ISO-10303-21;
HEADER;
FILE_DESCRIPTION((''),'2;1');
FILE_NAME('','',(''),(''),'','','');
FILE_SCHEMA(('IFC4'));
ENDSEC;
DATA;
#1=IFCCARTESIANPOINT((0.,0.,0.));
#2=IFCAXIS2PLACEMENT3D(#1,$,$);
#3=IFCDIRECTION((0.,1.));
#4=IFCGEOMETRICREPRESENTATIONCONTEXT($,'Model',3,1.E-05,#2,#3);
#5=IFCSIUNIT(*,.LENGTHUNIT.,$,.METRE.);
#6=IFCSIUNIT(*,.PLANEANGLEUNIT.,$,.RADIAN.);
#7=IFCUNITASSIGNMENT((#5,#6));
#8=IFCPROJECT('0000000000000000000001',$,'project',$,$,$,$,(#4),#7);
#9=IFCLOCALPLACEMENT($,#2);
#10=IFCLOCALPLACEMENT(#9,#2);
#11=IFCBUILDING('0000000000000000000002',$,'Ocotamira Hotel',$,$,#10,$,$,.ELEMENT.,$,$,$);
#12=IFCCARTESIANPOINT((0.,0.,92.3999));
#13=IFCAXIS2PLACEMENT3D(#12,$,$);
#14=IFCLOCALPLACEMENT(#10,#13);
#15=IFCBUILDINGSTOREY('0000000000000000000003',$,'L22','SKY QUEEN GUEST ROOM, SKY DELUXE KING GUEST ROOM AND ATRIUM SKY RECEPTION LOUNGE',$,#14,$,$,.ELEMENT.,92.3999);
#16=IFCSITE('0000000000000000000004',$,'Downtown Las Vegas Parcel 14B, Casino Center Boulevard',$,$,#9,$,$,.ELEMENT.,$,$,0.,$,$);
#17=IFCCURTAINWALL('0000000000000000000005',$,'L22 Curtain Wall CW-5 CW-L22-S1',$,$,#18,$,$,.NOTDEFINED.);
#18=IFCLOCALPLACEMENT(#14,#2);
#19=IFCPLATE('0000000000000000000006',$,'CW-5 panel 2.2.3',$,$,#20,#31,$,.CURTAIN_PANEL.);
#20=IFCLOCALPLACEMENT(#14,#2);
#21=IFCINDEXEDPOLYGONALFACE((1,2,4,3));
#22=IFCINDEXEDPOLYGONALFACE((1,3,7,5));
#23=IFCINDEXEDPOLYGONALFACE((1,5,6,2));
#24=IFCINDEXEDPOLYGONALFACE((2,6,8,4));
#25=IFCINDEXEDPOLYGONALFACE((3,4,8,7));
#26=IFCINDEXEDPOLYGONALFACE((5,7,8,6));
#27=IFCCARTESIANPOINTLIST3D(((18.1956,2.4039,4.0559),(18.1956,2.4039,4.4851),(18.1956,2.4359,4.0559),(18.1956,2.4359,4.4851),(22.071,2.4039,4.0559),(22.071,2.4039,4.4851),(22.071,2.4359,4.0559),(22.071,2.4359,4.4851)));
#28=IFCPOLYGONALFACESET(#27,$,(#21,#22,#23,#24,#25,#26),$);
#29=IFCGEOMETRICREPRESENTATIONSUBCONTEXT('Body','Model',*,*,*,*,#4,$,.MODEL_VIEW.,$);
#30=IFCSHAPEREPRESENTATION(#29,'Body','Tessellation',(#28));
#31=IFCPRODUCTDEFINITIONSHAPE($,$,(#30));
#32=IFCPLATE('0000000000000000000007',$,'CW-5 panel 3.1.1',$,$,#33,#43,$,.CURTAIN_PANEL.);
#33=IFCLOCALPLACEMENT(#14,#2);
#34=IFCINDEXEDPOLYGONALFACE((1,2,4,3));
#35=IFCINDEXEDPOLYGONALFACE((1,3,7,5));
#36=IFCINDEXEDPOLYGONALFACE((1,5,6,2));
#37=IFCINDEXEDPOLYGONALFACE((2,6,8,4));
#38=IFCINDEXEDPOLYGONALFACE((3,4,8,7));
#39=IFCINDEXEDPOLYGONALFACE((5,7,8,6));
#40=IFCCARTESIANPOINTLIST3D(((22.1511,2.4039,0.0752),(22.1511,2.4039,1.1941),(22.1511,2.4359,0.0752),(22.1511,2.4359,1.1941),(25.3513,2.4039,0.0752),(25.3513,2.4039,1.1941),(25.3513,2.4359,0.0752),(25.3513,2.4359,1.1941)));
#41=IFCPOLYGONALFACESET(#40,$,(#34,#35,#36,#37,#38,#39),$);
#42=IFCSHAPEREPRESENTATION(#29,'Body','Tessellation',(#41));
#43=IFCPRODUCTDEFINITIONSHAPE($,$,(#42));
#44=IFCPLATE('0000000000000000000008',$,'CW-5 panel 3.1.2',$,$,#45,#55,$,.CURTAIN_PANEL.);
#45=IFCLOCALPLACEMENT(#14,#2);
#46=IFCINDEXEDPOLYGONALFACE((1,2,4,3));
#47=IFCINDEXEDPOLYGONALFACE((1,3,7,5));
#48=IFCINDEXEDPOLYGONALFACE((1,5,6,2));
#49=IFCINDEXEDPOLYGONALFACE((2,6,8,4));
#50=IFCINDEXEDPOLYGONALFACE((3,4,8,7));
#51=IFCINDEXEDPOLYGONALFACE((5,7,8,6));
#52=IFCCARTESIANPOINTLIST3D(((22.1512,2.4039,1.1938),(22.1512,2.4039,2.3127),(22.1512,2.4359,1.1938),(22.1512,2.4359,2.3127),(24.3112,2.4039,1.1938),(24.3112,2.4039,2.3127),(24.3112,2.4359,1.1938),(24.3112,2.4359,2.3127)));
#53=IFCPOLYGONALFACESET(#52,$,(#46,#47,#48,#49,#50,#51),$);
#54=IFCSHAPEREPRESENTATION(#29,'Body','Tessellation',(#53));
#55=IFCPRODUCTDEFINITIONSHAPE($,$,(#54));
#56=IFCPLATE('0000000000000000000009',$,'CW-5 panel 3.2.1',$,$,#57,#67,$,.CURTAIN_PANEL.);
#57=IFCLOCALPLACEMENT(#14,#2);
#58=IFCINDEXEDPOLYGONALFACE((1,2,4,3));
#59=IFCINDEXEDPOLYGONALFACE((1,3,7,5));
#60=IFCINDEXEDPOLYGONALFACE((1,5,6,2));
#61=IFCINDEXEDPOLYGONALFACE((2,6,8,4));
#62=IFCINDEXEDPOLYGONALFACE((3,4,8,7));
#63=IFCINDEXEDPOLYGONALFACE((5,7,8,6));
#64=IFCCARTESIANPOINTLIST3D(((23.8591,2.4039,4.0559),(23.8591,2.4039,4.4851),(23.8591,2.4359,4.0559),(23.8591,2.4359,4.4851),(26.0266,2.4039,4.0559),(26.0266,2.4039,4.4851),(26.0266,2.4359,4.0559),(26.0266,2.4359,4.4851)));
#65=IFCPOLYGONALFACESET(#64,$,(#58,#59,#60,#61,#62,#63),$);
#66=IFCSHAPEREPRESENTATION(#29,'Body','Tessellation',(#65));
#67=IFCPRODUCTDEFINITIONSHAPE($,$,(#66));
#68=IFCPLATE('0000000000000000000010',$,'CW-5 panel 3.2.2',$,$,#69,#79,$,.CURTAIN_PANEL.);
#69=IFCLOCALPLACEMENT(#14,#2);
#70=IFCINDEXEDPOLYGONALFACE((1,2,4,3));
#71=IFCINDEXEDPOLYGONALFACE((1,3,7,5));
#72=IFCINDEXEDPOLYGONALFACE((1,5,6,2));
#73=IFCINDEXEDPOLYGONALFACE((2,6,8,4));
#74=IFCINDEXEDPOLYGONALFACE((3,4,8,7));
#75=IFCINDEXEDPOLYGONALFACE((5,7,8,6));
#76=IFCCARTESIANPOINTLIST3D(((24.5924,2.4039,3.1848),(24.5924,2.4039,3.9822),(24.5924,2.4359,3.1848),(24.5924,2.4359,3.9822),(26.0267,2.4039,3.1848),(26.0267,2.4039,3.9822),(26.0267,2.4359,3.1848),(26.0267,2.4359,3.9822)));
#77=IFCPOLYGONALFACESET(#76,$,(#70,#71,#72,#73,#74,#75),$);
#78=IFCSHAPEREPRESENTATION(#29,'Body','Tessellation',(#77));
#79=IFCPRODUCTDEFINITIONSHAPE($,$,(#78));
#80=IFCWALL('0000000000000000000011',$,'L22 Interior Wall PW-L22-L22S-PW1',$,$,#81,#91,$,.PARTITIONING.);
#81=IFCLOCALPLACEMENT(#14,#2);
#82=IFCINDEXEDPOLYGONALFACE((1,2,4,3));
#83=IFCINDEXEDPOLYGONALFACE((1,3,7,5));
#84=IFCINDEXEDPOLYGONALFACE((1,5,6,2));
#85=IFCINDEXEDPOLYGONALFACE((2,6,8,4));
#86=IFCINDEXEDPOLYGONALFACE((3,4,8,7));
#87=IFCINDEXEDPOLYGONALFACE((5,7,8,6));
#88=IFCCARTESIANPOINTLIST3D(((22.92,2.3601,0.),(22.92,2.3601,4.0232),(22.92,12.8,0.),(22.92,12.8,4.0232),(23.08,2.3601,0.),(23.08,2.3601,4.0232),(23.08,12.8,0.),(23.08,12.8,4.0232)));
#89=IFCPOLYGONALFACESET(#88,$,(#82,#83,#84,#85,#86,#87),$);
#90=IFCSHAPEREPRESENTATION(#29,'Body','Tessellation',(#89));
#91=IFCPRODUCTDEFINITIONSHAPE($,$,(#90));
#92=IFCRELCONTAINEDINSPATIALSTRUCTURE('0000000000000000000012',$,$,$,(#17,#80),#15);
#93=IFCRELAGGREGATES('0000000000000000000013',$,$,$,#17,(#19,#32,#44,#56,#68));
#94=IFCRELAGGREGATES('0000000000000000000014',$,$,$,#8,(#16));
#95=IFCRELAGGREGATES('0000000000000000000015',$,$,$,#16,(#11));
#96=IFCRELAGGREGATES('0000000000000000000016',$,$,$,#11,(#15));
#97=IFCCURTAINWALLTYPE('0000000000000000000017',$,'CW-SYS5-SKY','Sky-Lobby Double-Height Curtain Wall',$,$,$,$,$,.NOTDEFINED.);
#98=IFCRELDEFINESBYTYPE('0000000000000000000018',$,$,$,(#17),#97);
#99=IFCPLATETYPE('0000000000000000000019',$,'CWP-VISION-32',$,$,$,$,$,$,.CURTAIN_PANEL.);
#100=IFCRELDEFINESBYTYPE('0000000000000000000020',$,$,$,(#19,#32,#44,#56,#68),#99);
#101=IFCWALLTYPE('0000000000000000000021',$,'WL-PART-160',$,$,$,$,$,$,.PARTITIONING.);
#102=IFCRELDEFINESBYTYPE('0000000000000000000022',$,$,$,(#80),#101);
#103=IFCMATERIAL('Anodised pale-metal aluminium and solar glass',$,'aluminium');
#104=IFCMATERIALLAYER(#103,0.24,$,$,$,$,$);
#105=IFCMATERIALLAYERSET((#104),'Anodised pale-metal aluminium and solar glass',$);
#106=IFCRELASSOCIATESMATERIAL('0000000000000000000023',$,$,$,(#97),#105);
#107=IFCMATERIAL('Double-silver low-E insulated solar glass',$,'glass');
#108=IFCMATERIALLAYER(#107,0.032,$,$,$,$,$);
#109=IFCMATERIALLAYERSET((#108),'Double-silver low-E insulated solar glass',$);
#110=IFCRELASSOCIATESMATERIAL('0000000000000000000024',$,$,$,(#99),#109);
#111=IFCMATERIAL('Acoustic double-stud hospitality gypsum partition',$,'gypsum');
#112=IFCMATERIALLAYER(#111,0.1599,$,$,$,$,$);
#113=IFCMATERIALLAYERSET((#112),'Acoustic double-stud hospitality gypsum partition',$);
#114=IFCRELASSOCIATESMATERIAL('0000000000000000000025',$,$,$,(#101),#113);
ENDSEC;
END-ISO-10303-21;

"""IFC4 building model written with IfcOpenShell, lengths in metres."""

from ifc_helpers import new_model, si_unit, direction, frame, frame_2d, origin, origin_2d, place, context, subcontext, project, spatial, rectangle, extrude, source, transform, mapped, material, layer, layer_set, type_object, element, aggregate, save


model = new_model("IFC4")

# Units and contexts
model_context = context("Model", 3, precision=1e-05, world=origin(), true_north=direction((0.0, 1.0)))
body_context = subcontext(model_context, "Body", "Model", "MODEL_VIEW")
ifc_project = project(units=[si_unit("LENGTHUNIT", "METRE"), si_unit("PLANEANGLEUNIT", "RADIAN")], contexts=[model_context])

# Site, building, storey
site_placement = place(None, origin())
site = spatial("IfcSite", under=ifc_project, at=site_placement, Name="Downtown Las Vegas Parcel 14B, Casino Center Boulevard", CompositionType="ELEMENT", RefElevation=0.0)
building_placement = place(site_placement, origin())
building = spatial("IfcBuilding", under=site, at=building_placement, Name="Ocotamira Hotel", CompositionType="ELEMENT")
storey_placement = place(building_placement, frame((0.0, 0.0, 92.3999)))
storey = spatial("IfcBuildingStorey", under=building, at=storey_placement, Name="L22", Description="SKY QUEEN GUEST ROOM, SKY DELUXE KING GUEST ROOM AND ATRIUM SKY RECEPTION LOUNGE", CompositionType="ELEMENT", Elevation=92.3999)

# Curtain wall
ifc_material_1 = material(Name="Anodised pale-metal aluminium and solar glass", Category="aluminium")
ifc_layer_1 = layer(ifc_material_1, 0.24)
ifc_layer_set_1 = layer_set([ifc_layer_1], Name="Anodised pale-metal aluminium and solar glass")
curtain_wall_type = type_object("IfcCurtainWallType", Name="CW-SYS5-SKY", Description="Sky-Lobby Double-Height Curtain Wall", PredefinedType="NOTDEFINED", material=ifc_layer_set_1)
curtain_wall_placement = place(storey_placement, origin())
curtain_wall = element("IfcCurtainWall", 1, at=curtain_wall_placement, inside=storey, type_object=curtain_wall_type, Name="L22 Curtain Wall CW-5 CW-L22-S1", PredefinedType="NOTDEFINED")

# Plates
ifc_material_2 = material(Name="Double-silver low-E insulated solar glass", Category="glass")
ifc_layer_2 = layer(ifc_material_2, 0.032)
ifc_layer_set_2 = layer_set([ifc_layer_2], Name="Double-silver low-E insulated solar glass")
plate_type_1 = type_object("IfcPlateType", Name="CWP-VISION-32", PredefinedType="CURTAIN_PANEL", material=ifc_layer_set_2)
shared_shape_1 = source(origin(), body_context, "Body", "SweptSolid", [
    extrude(rectangle(XDim=3.8755, YDim=0.032, at=origin_2d()), origin(), (0.0, 0.0, 1.0), 0.4292),
])
plate_1_placement = place(storey_placement, frame((20.1333, 2.4199, 4.0559), z_axis=(0.0, 0.0, 1.0), x_axis=(1.0, 0.0, 0.0)))
plate_1 = element("IfcPlate", 2, at=plate_1_placement, type_object=plate_type_1, Name="CW-5 panel 2.2.3", PredefinedType="CURTAIN_PANEL", context=body_context, shape_type="MappedRepresentation", body=[
    mapped(shared_shape_1, transform((0.0, 0.0, 0.0), scale=1.0)),
])
shared_shape_2 = source(origin(), body_context, "Body", "SweptSolid", [
    extrude(rectangle(XDim=3.2002, YDim=0.032, at=origin_2d()), origin(), (0.0, 0.0, 1.0), 1.1189),
])
plate_2_placement = place(storey_placement, frame((23.7512, 2.4199, 0.0752), z_axis=(0.0, 0.0, 1.0), x_axis=(1.0, 0.0, 0.0)))
plate_2 = element("IfcPlate", 3, at=plate_2_placement, type_object=plate_type_1, Name="CW-5 panel 3.1.1", PredefinedType="CURTAIN_PANEL", context=body_context, shape_type="MappedRepresentation", body=[
    mapped(shared_shape_2, transform((0.0, 0.0, 0.0), scale=1.0)),
])
shared_shape_3 = source(origin(), body_context, "Body", "SweptSolid", [
    extrude(rectangle(XDim=2.1599, YDim=0.032, at=origin_2d()), origin(), (0.0, 0.0, 1.0), 1.1189),
])
plate_3_placement = place(storey_placement, frame((23.2312, 2.4199, 1.1938), z_axis=(0.0, 0.0, 1.0), x_axis=(1.0, 0.0, 0.0)))
plate_3 = element("IfcPlate", 4, at=plate_3_placement, type_object=plate_type_1, Name="CW-5 panel 3.1.2", PredefinedType="CURTAIN_PANEL", context=body_context, shape_type="MappedRepresentation", body=[
    mapped(shared_shape_3, transform((0.0, 0.0, 0.0), scale=1.0)),
])
shared_shape_4 = source(origin(), body_context, "Body", "SweptSolid", [
    extrude(rectangle(XDim=2.1675, YDim=0.032, at=origin_2d()), origin(), (0.0, 0.0, 1.0), 0.4292),
])
plate_4_placement = place(storey_placement, frame((24.9429, 2.4199, 4.0559), z_axis=(0.0, 0.0, 1.0), x_axis=(1.0, 0.0, 0.0)))
plate_4 = element("IfcPlate", 5, at=plate_4_placement, type_object=plate_type_1, Name="CW-5 panel 3.2.1", PredefinedType="CURTAIN_PANEL", context=body_context, shape_type="MappedRepresentation", body=[
    mapped(shared_shape_4, transform((0.0, 0.0, 0.0), scale=1.0)),
])
shared_shape_5 = source(origin(), body_context, "Body", "SweptSolid", [
    extrude(rectangle(XDim=1.4343, YDim=0.032, at=origin_2d()), origin(), (0.0, 0.0, 1.0), 0.7974),
])
plate_5_placement = place(storey_placement, frame((25.3096, 2.4199, 3.1848), z_axis=(0.0, 0.0, 1.0), x_axis=(1.0, 0.0, 0.0)))
plate_5 = element("IfcPlate", 6, at=plate_5_placement, type_object=plate_type_1, Name="CW-5 panel 3.2.2", PredefinedType="CURTAIN_PANEL", context=body_context, shape_type="MappedRepresentation", body=[
    mapped(shared_shape_5, transform((0.0, 0.0, 0.0), scale=1.0)),
])
aggregate(curtain_wall, [plate_1, plate_2, plate_3, plate_4, plate_5])

# Wall
ifc_material_3 = material(Name="Acoustic double-stud hospitality gypsum partition", Category="gypsum")
ifc_layer_3 = layer(ifc_material_3, 0.1599)
ifc_layer_set_3 = layer_set([ifc_layer_3], Name="Acoustic double-stud hospitality gypsum partition")
wall_type = type_object("IfcWallType", Name="WL-PART-160", PredefinedType="PARTITIONING", material=ifc_layer_set_3)
wall_placement = place(storey_placement, frame((23.0, 2.3601, 0.0), z_axis=(0.0, 0.0, 1.0), x_axis=(0.0, 1.0, 0.0)))
element("IfcWall", 7, at=wall_placement, inside=storey, type_object=wall_type, Name="L22 Interior Wall PW-L22-L22S-PW1", PredefinedType="PARTITIONING", context=body_context, shape_type="SweptSolid", body=[
    extrude(rectangle(XDim=10.4399, YDim=0.1599, at=frame_2d((5.22, 0.0))), origin(), (0.0, 0.0, 1.0), 4.0232),
])

save(model, "model.ifc")
